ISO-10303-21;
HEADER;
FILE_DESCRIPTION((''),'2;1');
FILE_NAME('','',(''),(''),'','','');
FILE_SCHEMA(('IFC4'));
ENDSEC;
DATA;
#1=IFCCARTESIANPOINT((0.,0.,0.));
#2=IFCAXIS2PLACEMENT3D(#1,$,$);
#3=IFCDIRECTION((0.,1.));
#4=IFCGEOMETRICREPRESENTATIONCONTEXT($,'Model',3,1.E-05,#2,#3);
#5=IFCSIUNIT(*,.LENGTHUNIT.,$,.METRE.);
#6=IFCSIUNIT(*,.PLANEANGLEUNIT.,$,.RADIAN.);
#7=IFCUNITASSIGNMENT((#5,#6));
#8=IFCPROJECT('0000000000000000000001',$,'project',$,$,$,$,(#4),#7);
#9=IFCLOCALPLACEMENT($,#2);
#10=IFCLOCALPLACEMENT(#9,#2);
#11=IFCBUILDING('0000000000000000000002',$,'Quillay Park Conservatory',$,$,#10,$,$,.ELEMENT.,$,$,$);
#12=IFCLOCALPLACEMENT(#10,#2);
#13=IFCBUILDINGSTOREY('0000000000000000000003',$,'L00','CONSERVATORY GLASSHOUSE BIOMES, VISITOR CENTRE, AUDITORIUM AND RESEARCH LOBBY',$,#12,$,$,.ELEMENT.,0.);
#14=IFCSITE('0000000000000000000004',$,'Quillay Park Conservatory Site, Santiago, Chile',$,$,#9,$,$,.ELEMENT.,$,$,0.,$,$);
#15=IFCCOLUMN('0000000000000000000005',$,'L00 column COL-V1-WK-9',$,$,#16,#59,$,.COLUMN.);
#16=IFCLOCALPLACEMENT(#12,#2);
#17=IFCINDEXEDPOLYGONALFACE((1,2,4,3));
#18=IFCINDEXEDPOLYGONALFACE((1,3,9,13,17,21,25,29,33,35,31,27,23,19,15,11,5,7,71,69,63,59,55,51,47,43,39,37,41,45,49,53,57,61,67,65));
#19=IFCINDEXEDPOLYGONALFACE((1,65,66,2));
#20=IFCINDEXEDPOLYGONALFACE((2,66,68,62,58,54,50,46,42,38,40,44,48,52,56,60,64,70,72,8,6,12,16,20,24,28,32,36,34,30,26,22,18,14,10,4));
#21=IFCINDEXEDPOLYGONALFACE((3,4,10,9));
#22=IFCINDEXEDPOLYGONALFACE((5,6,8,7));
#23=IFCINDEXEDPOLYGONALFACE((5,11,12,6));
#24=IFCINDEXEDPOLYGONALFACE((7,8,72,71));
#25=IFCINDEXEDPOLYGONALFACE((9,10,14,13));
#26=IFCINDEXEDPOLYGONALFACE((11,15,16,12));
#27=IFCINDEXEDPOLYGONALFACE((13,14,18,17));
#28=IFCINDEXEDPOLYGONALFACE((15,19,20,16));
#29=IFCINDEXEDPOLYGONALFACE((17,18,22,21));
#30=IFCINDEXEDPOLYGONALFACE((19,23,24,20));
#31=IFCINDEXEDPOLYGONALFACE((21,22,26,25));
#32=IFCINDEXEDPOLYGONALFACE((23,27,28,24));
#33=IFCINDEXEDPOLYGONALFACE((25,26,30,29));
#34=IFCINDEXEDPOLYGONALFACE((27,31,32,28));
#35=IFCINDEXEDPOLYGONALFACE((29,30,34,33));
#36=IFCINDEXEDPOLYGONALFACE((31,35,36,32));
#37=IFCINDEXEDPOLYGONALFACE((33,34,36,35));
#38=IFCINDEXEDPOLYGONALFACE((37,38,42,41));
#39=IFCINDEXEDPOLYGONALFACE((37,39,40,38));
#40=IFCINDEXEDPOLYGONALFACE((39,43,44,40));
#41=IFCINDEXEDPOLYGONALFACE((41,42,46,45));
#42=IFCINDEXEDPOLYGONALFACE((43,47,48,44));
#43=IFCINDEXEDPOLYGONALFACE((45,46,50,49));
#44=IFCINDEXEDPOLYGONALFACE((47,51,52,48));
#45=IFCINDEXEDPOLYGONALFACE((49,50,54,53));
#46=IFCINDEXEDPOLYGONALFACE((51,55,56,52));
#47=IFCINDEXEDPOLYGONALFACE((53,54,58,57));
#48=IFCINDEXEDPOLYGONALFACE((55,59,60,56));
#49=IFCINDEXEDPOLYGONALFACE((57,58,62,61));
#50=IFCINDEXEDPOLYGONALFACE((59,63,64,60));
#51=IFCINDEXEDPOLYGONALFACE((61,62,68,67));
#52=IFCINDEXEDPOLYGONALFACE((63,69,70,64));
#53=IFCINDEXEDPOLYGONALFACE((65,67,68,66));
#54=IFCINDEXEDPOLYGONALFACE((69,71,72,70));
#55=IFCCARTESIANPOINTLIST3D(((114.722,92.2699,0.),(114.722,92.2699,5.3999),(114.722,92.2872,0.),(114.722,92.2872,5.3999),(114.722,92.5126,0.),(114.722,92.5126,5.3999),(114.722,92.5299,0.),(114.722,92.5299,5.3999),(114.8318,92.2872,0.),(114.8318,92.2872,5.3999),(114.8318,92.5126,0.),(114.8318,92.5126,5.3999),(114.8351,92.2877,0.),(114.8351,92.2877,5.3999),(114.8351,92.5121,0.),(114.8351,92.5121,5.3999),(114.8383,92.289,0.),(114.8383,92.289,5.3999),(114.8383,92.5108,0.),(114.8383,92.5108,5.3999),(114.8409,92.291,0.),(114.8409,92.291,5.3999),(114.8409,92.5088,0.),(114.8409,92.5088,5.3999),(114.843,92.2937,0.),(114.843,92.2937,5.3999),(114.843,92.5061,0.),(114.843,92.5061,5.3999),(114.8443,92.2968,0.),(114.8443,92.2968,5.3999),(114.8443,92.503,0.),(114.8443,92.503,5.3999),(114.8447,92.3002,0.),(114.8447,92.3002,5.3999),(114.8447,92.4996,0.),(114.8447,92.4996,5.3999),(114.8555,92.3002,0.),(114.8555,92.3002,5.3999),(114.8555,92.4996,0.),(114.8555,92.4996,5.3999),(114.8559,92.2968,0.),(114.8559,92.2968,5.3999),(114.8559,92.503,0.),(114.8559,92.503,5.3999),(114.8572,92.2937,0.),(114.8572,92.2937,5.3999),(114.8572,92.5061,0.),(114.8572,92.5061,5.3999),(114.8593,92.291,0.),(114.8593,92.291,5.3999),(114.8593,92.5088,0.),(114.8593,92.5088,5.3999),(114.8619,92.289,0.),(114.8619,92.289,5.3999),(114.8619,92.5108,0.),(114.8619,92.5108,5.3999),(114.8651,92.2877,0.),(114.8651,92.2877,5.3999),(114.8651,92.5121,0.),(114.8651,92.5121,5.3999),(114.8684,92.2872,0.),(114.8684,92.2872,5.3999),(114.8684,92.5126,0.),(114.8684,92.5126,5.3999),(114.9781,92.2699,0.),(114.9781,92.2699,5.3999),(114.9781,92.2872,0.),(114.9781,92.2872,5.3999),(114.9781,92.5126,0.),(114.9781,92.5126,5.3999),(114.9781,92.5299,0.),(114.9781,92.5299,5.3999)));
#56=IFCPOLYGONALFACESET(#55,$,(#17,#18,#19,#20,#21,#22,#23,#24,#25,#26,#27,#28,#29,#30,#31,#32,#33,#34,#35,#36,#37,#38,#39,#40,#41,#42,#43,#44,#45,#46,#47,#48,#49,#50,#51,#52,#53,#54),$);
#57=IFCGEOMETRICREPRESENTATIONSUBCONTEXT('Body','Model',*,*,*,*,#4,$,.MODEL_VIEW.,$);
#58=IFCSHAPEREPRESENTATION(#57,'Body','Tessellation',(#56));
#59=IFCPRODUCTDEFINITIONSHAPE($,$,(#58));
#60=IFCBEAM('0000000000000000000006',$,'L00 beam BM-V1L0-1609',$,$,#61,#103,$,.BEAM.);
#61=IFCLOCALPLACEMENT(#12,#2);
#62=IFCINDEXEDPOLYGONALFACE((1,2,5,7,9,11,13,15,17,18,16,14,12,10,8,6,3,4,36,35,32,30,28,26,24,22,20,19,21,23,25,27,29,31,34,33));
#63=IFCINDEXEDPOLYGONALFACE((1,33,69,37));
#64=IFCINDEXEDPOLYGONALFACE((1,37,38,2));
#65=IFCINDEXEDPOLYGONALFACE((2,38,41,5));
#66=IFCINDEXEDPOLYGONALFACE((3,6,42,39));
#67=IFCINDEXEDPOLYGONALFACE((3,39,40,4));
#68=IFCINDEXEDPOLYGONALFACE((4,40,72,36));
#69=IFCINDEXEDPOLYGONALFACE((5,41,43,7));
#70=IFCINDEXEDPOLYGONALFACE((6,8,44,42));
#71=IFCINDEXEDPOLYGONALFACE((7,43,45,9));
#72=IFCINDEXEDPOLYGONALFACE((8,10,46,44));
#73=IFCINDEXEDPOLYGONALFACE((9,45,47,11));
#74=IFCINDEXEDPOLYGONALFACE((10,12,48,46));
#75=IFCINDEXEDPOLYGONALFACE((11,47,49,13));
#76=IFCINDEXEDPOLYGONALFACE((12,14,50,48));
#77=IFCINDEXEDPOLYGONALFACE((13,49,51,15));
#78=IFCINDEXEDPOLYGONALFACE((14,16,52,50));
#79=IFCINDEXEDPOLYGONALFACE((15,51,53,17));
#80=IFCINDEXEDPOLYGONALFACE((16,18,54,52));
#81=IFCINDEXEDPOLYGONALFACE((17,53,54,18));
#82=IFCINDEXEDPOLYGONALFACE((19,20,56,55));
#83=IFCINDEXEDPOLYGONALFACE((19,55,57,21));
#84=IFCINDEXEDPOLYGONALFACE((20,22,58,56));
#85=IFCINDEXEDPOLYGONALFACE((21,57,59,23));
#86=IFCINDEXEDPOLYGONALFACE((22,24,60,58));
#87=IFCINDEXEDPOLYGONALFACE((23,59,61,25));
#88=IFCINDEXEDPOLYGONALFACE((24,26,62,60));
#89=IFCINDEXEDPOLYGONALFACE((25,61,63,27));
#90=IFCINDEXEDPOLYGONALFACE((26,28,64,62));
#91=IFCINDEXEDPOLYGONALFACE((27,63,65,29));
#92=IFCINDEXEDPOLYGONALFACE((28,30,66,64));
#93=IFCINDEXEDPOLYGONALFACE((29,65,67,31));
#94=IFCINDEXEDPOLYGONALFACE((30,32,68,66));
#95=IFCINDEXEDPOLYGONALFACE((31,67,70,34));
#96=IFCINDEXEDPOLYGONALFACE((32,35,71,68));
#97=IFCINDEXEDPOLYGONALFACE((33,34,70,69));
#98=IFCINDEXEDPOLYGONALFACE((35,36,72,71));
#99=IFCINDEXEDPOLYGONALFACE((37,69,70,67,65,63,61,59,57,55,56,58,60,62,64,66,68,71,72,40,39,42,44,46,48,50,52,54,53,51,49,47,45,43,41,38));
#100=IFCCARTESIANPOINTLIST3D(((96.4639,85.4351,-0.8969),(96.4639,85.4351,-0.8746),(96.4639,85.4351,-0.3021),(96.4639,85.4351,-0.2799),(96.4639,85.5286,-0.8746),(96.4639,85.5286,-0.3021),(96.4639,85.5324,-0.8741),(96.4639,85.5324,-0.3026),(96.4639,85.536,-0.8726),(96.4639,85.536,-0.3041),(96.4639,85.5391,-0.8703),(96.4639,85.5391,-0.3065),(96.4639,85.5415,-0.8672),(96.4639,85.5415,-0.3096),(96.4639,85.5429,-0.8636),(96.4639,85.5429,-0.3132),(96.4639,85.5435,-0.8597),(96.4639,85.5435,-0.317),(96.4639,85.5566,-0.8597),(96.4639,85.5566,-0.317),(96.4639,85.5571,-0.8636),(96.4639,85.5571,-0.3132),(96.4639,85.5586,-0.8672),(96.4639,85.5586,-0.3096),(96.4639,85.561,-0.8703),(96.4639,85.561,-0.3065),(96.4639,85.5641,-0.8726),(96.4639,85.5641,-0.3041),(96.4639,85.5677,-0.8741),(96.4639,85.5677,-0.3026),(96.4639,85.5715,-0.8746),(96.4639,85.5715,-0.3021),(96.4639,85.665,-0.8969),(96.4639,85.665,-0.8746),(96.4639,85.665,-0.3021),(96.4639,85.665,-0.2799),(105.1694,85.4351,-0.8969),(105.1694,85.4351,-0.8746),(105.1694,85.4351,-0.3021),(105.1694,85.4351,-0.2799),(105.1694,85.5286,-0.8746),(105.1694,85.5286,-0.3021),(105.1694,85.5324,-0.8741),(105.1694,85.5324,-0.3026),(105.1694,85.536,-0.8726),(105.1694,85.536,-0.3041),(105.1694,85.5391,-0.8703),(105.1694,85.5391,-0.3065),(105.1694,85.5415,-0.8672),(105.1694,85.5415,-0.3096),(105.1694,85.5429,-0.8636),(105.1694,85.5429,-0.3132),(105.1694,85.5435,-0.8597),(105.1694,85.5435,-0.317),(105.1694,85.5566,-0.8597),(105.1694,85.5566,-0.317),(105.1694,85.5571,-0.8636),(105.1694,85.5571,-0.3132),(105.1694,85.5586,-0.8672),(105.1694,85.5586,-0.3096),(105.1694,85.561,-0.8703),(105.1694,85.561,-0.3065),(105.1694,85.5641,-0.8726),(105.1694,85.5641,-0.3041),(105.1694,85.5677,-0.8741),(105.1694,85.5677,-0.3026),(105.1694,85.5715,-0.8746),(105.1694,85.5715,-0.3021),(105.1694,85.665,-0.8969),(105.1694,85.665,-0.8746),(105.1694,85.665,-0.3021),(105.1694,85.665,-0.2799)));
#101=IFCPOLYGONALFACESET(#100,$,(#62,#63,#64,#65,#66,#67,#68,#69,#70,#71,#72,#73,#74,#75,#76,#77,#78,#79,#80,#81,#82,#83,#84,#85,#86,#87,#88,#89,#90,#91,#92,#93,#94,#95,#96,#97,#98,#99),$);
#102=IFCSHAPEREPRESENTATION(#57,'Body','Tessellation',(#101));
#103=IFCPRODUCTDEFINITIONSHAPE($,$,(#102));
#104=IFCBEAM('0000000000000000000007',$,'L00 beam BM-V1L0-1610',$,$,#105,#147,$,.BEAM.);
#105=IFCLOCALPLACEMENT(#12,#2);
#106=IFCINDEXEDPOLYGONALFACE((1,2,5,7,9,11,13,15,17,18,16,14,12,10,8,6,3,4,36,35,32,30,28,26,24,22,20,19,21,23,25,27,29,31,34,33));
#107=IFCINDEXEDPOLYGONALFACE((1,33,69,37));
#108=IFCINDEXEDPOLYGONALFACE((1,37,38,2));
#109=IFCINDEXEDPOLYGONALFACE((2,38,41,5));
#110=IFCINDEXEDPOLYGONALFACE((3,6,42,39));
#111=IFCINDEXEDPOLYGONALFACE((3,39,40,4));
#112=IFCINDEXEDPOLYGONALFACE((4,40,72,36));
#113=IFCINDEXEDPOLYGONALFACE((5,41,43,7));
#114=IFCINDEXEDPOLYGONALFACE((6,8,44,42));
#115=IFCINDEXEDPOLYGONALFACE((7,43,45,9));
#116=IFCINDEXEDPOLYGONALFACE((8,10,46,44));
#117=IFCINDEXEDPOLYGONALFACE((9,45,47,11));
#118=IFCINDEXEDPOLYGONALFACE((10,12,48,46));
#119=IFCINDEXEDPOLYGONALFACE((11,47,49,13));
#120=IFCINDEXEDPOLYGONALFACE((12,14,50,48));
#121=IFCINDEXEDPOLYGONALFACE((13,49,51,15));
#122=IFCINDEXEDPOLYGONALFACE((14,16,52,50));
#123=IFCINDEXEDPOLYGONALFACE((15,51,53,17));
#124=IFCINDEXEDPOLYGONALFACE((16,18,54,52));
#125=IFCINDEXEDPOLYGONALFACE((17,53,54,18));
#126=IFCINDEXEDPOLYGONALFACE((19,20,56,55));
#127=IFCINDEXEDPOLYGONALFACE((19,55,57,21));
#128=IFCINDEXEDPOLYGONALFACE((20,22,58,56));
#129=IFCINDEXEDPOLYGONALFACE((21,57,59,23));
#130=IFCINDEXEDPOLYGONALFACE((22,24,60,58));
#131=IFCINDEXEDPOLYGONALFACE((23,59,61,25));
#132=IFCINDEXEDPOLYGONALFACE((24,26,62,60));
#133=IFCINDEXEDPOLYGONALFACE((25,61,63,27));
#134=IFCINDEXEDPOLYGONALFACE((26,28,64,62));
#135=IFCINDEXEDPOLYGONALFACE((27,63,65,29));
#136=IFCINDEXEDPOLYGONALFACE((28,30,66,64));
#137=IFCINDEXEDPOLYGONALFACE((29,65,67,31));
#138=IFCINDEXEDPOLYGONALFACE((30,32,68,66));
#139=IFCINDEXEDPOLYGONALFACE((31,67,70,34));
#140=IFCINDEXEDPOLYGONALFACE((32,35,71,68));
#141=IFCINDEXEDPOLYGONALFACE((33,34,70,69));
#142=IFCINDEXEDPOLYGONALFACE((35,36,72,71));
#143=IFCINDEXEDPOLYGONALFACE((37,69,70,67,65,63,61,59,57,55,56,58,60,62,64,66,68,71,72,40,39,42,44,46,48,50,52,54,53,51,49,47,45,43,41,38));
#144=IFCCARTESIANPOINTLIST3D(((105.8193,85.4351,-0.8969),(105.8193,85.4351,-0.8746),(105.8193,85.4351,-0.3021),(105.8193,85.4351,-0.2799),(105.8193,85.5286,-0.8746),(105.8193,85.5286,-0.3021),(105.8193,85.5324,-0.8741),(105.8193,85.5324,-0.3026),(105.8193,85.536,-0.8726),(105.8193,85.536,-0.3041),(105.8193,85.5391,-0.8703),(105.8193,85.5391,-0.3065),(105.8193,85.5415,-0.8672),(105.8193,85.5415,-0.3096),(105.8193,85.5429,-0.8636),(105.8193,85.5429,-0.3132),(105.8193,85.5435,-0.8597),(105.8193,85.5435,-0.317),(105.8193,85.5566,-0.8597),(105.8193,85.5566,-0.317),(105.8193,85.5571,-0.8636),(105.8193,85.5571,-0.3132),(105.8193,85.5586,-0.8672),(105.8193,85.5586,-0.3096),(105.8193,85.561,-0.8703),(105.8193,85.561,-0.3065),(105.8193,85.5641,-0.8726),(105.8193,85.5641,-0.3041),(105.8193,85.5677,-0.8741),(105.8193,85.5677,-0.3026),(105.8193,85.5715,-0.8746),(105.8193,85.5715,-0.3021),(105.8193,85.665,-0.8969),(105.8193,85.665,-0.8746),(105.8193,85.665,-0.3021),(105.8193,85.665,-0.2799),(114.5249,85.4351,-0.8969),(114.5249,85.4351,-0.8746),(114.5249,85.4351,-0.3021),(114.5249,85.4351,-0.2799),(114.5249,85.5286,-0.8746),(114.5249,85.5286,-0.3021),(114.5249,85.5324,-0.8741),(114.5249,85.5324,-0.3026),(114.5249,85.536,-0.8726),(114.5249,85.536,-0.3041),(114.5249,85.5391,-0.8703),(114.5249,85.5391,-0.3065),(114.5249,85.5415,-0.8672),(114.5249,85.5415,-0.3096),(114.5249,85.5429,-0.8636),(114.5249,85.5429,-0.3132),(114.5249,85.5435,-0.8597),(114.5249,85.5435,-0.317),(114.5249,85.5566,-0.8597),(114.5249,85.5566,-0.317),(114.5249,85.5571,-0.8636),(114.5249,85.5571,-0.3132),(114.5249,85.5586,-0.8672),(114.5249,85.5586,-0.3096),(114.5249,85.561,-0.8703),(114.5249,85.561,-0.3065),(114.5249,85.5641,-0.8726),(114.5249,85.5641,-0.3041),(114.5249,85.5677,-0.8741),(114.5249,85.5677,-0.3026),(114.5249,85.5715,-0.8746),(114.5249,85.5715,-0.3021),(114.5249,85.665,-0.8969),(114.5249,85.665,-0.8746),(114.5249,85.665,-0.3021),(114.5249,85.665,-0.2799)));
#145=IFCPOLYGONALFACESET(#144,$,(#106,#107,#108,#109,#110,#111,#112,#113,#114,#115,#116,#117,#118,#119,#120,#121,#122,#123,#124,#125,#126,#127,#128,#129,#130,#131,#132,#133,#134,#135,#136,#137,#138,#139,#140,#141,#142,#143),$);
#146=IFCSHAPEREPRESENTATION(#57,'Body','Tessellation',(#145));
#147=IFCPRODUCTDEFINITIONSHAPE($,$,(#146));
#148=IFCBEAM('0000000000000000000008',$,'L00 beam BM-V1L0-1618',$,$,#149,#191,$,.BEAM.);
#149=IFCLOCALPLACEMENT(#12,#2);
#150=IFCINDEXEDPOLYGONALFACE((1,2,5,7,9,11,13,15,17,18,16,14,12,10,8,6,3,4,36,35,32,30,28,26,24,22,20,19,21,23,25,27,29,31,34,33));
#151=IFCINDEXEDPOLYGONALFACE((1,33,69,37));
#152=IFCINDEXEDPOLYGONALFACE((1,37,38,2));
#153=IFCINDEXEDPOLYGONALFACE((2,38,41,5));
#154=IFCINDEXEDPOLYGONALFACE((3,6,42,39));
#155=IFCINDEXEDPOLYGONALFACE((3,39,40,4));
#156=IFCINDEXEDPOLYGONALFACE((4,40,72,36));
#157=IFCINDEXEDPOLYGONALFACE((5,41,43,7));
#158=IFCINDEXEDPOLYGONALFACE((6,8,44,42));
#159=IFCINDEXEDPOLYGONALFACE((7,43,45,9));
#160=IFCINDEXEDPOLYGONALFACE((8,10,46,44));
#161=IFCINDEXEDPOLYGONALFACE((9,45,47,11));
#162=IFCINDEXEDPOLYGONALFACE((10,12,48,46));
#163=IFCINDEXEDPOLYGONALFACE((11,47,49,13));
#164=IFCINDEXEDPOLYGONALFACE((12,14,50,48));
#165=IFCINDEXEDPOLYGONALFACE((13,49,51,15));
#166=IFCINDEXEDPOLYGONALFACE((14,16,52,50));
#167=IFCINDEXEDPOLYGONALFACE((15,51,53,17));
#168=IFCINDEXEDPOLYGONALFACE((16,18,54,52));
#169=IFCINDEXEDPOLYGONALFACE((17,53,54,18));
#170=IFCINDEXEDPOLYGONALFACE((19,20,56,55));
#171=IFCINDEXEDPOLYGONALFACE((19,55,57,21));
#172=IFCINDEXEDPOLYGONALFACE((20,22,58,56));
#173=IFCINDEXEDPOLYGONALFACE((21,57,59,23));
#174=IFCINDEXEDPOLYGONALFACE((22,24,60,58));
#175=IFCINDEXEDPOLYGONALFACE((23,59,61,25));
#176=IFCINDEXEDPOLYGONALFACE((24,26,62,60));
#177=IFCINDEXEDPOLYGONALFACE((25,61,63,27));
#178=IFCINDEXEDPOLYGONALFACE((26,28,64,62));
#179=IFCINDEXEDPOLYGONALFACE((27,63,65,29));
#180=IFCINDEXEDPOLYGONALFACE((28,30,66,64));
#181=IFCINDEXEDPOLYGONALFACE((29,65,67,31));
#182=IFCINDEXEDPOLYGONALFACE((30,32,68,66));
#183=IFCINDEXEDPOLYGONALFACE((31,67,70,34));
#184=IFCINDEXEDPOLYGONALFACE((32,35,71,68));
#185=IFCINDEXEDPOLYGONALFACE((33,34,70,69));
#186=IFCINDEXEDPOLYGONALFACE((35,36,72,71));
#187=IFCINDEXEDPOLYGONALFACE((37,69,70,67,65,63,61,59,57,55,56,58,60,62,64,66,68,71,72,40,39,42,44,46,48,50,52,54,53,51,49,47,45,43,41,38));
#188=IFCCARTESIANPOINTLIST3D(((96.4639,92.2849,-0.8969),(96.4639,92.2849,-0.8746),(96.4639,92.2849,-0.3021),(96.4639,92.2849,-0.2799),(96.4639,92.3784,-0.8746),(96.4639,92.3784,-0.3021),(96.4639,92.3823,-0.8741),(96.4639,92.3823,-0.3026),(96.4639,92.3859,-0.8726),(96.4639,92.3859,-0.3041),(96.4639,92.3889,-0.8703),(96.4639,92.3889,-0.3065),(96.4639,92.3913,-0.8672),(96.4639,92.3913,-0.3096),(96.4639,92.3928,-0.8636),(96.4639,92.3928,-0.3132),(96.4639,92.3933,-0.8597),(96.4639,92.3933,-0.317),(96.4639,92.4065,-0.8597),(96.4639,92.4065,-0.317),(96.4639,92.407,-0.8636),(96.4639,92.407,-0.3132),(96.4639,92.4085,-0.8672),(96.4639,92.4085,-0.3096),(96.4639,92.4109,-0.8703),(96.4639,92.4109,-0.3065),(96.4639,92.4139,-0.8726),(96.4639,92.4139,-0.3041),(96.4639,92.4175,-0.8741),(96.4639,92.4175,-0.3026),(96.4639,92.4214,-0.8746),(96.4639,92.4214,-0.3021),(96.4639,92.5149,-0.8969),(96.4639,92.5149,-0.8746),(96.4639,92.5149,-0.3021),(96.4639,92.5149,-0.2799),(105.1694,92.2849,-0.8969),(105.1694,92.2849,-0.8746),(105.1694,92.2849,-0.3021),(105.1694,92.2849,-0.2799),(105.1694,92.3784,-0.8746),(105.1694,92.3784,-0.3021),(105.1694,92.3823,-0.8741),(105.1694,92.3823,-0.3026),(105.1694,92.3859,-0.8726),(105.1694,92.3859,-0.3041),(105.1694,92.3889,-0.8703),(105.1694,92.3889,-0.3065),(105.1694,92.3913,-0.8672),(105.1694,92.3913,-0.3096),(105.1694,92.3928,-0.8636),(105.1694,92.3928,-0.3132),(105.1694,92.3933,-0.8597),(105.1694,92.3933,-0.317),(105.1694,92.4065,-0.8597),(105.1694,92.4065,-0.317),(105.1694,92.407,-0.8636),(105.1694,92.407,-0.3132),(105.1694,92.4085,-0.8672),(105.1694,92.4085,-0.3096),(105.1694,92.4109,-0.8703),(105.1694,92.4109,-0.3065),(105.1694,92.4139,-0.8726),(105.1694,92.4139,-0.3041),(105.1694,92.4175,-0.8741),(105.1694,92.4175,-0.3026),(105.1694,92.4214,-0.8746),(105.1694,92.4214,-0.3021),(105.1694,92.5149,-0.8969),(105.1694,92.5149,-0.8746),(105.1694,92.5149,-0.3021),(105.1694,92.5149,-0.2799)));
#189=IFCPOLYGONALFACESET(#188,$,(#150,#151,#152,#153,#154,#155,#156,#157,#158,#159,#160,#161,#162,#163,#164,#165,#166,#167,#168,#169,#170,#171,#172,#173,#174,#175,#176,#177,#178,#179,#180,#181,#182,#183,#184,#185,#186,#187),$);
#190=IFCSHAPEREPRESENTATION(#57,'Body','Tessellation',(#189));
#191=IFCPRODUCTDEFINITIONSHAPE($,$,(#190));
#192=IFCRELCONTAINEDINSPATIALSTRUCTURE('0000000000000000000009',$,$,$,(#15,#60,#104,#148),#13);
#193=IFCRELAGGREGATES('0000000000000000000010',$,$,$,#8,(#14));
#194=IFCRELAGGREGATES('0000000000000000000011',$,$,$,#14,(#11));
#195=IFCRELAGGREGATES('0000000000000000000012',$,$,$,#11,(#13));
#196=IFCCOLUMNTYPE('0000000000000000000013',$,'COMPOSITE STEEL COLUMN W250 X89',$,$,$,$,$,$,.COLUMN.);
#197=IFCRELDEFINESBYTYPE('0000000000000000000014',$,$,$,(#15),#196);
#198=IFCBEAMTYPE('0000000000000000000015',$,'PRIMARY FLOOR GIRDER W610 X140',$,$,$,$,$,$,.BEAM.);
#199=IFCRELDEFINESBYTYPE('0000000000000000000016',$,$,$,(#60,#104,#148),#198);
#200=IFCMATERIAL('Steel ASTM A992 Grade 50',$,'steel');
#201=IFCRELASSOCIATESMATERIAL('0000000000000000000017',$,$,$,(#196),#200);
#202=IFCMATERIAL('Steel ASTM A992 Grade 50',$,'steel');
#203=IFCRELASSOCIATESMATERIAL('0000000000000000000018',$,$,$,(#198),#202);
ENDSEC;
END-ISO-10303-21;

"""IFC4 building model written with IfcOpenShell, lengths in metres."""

from ifc_helpers import new_model, si_unit, direction, frame, origin, origin_2d, place, context, subcontext, project, spatial, i_section, extrude, material, material_profile, profile_set, type_object, element, save


model = new_model("IFC4")

# Units and contexts
model_context = context("Model", 3, precision=1e-05, world=origin(), true_north=direction((0.0, 1.0)))
body_context = subcontext(model_context, "Body", "Model", "MODEL_VIEW")
ifc_project = project(units=[si_unit("LENGTHUNIT", "METRE"), si_unit("PLANEANGLEUNIT", "RADIAN")], contexts=[model_context])

# Site, building, storey
site_placement = place(None, origin())
site = spatial("IfcSite", under=ifc_project, at=site_placement, Name="Quillay Park Conservatory Site, Santiago, Chile", CompositionType="ELEMENT", RefElevation=0.0)
building_placement = place(site_placement, origin())
building = spatial("IfcBuilding", under=site, at=building_placement, Name="Quillay Park Conservatory", CompositionType="ELEMENT")
storey_placement = place(building_placement, origin())
storey = spatial("IfcBuildingStorey", under=building, at=storey_placement, Name="L00", Description="CONSERVATORY GLASSHOUSE BIOMES, VISITOR CENTRE, AUDITORIUM AND RESEARCH LOBBY", CompositionType="ELEMENT", Elevation=0.0)

# Column
ifc_material_1 = material(Name="Steel ASTM A992 Grade 50", Category="steel")
ifc_material_profile_1 = material_profile(ifc_material_1, i_section(OverallWidth=0.2561, OverallDepth=0.26, WebThickness=0.0107, FlangeThickness=0.0173, FilletRadius=0.0129, at=origin_2d()), Name="W250x89")
ifc_profile_set_1 = profile_set([ifc_material_profile_1], Name="Steel ASTM A992 Grade 50")
column_type_1 = type_object("IfcColumnType", Name="COMPOSITE STEEL COLUMN W250 X89", PredefinedType="COLUMN", material=ifc_profile_set_1)
for number, where, z_axis, x_axis, name in (
    (1, (114.8501, 92.3999, 0.0), (0.0, 0.0, 1.0), (1.0, 0.0, 0.0), "L00 column COL-V1-WK-9"),
):
    element("IfcColumn", number, at=place(storey_placement, frame(where, z_axis=z_axis, x_axis=x_axis)), inside=storey, type_object=column_type_1, Name=name, PredefinedType="COLUMN", context=body_context, shape_type="SweptSolid", body=[
        extrude(i_section(OverallWidth=0.2561, OverallDepth=0.26, WebThickness=0.0107, FlangeThickness=0.0173, FilletRadius=0.0129, at=origin_2d()), origin(), (0.0, 0.0, 1.0), 5.3999),
    ])

# Beams
ifc_material_2 = material(Name="Steel ASTM A992 Grade 50", Category="steel")
ifc_material_profile_2 = material_profile(ifc_material_2, i_section(OverallWidth=0.23, OverallDepth=0.6169, WebThickness=0.0132, FlangeThickness=0.0222, FilletRadius=0.0149, at=origin_2d()), Name="W610x140")
ifc_profile_set_2 = profile_set([ifc_material_profile_2], Name="Steel ASTM A992 Grade 50")
beam_type_1 = type_object("IfcBeamType", Name="PRIMARY FLOOR GIRDER W610 X140", PredefinedType="BEAM", material=ifc_profile_set_2)
for number, where, z_axis, x_axis, name in (
    (2, (96.4639, 85.55, -0.5884), (1.0, 0.0, 0.0), (0.0, 1.0, 0.0), "L00 beam BM-V1L0-1609"),
    (3, (105.8193, 85.55, -0.5884), (1.0, 0.0, 0.0), (0.0, 1.0, 0.0), "L00 beam BM-V1L0-1610"),
    (4, (96.4639, 92.3999, -0.5884), (1.0, 0.0, 0.0), (0.0, 1.0, 0.0), "L00 beam BM-V1L0-1618"),
):
    element("IfcBeam", number, at=place(storey_placement, frame(where, z_axis=z_axis, x_axis=x_axis)), inside=storey, type_object=beam_type_1, Name=name, PredefinedType="BEAM", context=body_context, shape_type="SweptSolid", body=[
        extrude(i_section(OverallWidth=0.23, OverallDepth=0.6169, WebThickness=0.0132, FlangeThickness=0.0222, FilletRadius=0.0149, at=origin_2d()), origin(), (0.0, 0.0, 1.0), 8.7056),
    ])

save(model, "model.ifc")
